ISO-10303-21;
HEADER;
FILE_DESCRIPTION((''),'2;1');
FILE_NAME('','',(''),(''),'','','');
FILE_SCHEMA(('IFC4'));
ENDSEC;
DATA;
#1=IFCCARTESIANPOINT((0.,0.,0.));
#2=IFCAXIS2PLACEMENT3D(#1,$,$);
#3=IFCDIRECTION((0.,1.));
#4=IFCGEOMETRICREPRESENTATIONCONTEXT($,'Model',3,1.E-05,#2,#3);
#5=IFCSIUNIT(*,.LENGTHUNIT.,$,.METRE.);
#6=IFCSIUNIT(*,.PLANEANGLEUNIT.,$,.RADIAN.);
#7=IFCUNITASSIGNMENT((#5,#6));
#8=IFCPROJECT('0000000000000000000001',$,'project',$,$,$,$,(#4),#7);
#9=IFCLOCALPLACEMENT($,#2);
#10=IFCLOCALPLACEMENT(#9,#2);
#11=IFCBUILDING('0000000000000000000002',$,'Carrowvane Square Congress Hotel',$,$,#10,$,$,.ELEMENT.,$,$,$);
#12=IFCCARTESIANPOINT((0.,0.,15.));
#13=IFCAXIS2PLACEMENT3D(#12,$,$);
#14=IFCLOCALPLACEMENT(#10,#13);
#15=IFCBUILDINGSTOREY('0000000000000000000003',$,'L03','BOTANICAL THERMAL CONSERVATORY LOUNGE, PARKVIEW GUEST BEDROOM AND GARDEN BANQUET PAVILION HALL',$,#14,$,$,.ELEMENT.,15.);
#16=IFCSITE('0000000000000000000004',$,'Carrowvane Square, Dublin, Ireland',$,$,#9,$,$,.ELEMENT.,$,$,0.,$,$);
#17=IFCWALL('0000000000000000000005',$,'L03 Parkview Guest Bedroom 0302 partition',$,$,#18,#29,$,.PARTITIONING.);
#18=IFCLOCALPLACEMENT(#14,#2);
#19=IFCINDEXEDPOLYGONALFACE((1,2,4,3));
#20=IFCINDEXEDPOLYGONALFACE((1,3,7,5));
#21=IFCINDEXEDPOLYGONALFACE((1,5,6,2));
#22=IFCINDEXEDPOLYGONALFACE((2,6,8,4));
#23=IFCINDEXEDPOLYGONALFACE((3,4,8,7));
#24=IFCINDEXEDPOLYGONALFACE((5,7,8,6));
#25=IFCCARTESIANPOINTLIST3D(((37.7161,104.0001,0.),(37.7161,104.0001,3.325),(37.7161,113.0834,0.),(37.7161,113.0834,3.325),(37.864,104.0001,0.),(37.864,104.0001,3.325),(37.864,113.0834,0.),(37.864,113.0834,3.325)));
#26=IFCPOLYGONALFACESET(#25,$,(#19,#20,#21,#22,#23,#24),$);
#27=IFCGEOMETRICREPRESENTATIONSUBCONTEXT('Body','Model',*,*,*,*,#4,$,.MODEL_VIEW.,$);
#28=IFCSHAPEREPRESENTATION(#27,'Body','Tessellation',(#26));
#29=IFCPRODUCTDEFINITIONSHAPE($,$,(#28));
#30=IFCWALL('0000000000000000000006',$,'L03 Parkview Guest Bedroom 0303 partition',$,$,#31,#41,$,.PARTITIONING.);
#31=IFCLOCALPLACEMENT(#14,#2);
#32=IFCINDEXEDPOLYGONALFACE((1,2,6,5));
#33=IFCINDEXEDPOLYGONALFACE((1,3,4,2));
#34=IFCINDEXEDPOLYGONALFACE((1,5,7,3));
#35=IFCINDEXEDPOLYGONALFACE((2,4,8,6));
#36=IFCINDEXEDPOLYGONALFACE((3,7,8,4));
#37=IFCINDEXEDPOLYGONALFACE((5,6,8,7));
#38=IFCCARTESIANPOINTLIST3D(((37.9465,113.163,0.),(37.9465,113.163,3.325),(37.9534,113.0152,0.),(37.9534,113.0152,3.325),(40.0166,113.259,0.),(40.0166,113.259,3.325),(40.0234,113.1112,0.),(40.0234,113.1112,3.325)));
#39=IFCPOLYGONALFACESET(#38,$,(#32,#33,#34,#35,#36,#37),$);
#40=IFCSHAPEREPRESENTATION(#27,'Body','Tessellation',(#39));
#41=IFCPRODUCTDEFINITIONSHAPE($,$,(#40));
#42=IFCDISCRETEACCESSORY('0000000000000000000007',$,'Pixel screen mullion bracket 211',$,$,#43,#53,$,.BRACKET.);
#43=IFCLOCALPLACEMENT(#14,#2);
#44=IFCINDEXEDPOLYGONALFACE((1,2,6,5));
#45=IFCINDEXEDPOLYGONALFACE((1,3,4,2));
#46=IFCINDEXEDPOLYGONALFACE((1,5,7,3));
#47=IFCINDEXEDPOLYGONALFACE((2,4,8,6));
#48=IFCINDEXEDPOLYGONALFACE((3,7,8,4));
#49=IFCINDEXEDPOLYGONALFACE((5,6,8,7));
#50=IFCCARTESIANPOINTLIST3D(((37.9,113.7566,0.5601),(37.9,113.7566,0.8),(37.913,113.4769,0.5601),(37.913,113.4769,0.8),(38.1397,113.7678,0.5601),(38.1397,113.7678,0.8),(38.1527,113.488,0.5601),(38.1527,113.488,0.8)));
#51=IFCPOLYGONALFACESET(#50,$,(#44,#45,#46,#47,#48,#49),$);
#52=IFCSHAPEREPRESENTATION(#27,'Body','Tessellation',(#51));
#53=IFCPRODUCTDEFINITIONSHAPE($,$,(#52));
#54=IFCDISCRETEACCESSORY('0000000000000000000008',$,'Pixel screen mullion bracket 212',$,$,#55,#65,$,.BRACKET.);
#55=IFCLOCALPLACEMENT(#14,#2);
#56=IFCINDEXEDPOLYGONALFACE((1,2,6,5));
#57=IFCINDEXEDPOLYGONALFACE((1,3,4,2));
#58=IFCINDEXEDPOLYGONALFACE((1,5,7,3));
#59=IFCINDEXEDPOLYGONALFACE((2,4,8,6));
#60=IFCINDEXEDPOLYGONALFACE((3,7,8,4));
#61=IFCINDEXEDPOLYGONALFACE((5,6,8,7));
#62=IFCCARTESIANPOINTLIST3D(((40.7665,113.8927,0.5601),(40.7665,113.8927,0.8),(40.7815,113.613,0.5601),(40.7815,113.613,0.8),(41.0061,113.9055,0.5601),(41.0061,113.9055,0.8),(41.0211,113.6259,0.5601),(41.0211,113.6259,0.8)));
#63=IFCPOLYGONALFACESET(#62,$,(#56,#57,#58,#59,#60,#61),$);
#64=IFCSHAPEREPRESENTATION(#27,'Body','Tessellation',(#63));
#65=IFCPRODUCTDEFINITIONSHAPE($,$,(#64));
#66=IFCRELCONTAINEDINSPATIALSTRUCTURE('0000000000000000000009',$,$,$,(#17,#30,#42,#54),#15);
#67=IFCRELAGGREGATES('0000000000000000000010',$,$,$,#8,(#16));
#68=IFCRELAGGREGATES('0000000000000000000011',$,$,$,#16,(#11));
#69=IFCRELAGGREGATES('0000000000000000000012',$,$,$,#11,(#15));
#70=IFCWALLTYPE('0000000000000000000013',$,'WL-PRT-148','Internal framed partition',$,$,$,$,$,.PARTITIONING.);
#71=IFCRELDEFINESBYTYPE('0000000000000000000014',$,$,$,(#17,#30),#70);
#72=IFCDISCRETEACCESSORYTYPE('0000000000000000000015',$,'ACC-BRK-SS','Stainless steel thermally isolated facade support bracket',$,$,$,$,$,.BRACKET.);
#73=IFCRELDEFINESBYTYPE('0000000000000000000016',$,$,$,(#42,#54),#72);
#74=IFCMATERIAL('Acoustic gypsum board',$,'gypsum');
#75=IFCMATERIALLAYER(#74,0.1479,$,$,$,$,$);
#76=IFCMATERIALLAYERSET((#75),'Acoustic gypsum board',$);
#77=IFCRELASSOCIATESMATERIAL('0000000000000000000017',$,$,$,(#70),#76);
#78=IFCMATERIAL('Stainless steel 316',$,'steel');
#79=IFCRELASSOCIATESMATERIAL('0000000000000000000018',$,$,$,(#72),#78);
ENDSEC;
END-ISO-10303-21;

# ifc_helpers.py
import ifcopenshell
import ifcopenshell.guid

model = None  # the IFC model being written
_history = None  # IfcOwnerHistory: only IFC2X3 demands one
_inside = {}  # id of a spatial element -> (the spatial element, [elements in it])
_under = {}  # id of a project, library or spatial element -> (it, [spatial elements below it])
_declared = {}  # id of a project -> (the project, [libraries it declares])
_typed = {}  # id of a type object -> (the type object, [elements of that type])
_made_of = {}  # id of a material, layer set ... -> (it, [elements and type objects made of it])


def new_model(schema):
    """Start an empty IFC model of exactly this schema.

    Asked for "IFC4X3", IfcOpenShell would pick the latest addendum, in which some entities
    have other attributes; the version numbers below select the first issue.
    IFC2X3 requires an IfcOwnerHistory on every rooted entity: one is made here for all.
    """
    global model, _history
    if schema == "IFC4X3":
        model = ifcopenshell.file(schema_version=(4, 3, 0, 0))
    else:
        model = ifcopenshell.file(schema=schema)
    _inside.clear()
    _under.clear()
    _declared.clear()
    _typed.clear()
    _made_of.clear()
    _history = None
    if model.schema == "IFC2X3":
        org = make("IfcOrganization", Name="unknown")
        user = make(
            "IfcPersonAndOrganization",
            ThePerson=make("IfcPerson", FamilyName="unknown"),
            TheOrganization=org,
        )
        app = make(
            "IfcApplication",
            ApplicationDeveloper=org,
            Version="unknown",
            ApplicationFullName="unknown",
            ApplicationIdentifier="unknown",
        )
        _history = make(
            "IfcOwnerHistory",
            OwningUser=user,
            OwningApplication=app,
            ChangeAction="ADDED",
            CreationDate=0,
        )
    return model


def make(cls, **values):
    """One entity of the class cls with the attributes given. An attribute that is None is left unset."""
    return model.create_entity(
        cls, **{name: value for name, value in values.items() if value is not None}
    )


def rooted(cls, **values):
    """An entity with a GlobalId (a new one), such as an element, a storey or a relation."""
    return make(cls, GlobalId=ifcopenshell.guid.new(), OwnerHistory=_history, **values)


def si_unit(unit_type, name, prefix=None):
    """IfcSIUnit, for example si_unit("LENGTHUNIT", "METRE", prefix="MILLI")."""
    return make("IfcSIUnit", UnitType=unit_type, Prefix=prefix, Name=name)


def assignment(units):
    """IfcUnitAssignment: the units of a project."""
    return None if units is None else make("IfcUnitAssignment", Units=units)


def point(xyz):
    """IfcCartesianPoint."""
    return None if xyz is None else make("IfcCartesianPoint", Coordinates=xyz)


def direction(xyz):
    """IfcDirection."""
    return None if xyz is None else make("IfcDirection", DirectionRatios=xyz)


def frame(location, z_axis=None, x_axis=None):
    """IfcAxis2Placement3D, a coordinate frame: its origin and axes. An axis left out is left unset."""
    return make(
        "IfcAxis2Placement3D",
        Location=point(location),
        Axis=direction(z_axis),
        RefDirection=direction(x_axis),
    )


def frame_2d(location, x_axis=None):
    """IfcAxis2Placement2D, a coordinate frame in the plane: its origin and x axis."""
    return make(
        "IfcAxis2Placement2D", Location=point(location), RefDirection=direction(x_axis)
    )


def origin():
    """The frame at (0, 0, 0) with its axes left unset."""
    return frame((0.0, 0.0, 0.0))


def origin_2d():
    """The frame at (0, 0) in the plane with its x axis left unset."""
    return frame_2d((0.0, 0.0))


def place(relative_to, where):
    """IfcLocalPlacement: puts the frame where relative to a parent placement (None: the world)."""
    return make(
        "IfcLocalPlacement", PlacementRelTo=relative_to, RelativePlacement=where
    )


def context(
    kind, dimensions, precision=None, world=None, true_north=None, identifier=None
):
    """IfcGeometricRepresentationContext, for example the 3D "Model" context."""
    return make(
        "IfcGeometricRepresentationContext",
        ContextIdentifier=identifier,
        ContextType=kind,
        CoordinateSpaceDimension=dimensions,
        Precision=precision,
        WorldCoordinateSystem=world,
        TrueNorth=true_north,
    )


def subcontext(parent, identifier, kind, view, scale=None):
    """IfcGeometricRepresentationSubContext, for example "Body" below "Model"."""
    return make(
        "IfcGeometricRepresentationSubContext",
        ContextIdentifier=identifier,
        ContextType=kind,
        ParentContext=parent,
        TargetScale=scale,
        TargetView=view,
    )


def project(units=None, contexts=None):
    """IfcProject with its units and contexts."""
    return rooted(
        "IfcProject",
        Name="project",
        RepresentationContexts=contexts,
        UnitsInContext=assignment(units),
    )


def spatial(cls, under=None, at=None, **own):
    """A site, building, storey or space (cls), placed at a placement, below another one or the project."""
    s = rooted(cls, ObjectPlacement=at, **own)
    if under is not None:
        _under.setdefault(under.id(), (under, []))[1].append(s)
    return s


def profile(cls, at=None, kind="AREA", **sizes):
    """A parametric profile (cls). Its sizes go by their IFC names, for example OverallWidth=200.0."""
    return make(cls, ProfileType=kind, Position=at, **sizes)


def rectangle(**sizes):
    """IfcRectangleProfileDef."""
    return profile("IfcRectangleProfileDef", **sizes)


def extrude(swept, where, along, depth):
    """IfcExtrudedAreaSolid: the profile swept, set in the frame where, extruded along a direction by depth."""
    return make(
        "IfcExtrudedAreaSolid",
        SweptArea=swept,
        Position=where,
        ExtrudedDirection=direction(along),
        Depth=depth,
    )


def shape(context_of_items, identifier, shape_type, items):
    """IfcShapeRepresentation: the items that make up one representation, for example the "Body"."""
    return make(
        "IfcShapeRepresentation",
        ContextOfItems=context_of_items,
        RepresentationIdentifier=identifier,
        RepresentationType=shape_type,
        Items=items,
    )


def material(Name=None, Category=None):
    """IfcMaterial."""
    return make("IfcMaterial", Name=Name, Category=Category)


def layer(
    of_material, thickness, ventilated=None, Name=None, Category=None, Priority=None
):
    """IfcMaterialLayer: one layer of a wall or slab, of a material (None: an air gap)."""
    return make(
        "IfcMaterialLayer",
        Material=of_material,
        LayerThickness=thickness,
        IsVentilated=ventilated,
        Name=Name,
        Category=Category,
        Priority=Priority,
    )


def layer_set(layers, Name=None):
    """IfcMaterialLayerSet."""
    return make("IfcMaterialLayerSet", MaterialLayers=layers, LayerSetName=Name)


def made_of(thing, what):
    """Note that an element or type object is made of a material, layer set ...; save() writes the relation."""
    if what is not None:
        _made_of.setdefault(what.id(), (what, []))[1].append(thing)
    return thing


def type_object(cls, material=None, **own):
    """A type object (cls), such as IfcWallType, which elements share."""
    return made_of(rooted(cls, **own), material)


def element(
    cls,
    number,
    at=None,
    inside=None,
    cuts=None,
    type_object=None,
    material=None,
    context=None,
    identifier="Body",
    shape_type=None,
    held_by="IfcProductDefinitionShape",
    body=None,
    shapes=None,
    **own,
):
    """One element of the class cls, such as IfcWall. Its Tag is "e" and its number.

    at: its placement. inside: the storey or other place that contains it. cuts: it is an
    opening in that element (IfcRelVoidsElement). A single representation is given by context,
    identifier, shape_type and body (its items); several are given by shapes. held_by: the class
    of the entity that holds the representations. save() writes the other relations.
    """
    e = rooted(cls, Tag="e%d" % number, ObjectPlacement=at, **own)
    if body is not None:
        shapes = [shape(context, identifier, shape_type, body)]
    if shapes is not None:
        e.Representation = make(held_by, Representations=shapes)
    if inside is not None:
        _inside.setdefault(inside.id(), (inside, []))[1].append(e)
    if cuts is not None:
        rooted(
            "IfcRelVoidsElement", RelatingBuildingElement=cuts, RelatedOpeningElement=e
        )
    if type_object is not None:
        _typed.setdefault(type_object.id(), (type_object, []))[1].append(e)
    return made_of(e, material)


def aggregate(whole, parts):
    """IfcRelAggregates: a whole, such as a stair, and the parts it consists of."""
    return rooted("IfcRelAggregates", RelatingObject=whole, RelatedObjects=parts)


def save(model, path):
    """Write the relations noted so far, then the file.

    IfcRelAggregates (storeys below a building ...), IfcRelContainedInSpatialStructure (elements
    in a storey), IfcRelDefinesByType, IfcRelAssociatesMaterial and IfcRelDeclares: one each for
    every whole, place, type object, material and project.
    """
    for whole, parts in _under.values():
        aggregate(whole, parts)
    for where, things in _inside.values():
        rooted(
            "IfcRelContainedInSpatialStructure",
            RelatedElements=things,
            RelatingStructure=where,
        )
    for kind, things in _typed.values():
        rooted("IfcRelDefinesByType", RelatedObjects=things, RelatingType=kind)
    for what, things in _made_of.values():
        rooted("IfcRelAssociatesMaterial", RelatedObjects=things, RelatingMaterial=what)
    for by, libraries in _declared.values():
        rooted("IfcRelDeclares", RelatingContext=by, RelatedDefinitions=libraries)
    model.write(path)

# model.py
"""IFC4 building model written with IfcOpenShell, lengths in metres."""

from ifc_helpers import new_model, si_unit, direction, frame, frame_2d, origin, origin_2d, place, context, subcontext, project, spatial, rectangle, extrude, material, layer, layer_set, type_object, element, save


model = new_model("IFC4")

# Units and contexts
model_context = context("Model", 3, precision=1e-05, world=origin(), true_north=direction((0.0, 1.0)))
body_context = subcontext(model_context, "Body", "Model", "MODEL_VIEW")
ifc_project = project(units=[si_unit("LENGTHUNIT", "METRE"), si_unit("PLANEANGLEUNIT", "RADIAN")], contexts=[model_context])

# Site, building, storey
site_placement = place(None, origin())
site = spatial("IfcSite", under=ifc_project, at=site_placement, Name="Carrowvane Square, Dublin, Ireland", CompositionType="ELEMENT", RefElevation=0.0)
building_placement = place(site_placement, origin())
building = spatial("IfcBuilding", under=site, at=building_placement, Name="Carrowvane Square Congress Hotel", CompositionType="ELEMENT")
storey_placement = place(building_placement, frame((0.0, 0.0, 15.0)))
storey = spatial("IfcBuildingStorey", under=building, at=storey_placement, Name="L03", Description="BOTANICAL THERMAL CONSERVATORY LOUNGE, PARKVIEW GUEST BEDROOM AND GARDEN BANQUET PAVILION HALL", CompositionType="ELEMENT", Elevation=15.0)

# Walls
ifc_material_1 = material(Name="Acoustic gypsum board", Category="gypsum")
ifc_layer_1 = layer(ifc_material_1, 0.1479)
ifc_layer_set_1 = layer_set([ifc_layer_1], Name="Acoustic gypsum board")
wall_type_1 = type_object("IfcWallType", Name="WL-PRT-148", Description="Internal framed partition", PredefinedType="PARTITIONING", material=ifc_layer_set_1)
wall_1_placement = place(storey_placement, frame((37.79, 113.0833, 0.0), z_axis=(0.0, 0.0, 1.0), x_axis=(0.0, -1.0, 0.0)))
element("IfcWall", 1, at=wall_1_placement, inside=storey, type_object=wall_type_1, Name="L03 Parkview Guest Bedroom 0302 partition", PredefinedType="PARTITIONING", context=body_context, shape_type="SweptSolid", body=[
    extrude(rectangle(XDim=9.0833, YDim=0.1479, at=frame_2d((4.5415, 0.0))), origin(), (0.0, 0.0, 1.0), 3.325),
])
wall_2_placement = place(storey_placement, frame((37.95, 113.0891, 0.0), z_axis=(0.0, 0.0, 1.0), x_axis=(0.998928, 0.0463, 0.0)))
element("IfcWall", 2, at=wall_2_placement, inside=storey, type_object=wall_type_1, Name="L03 Parkview Guest Bedroom 0303 partition", PredefinedType="PARTITIONING", context=body_context, shape_type="SweptSolid", body=[
    extrude(rectangle(XDim=2.0723, YDim=0.1479, at=frame_2d((1.0361, 0.0))), origin(), (0.0, 0.0, 1.0), 3.325),
])

# Discrete accessories
ifc_material_2 = material(Name="Stainless steel 316", Category="steel")
discrete_accessory_type = type_object("IfcDiscreteAccessoryType", Name="ACC-BRK-SS", Description="Stainless steel thermally isolated facade support bracket", PredefinedType="BRACKET", material=ifc_material_2)
for number, where, z_axis, x_axis, name in (
    (3, (38.0264, 113.6223, 0.5601), (0.0, 0.0, 1.0), (0.998917, 0.046521, 0.0), "Pixel screen mullion bracket 211"),
    (4, (40.8938, 113.7593, 0.5601), (0.0, 0.0, 1.0), (0.998567, 0.053517, 0.0), "Pixel screen mullion bracket 212"),
):
    element("IfcDiscreteAccessory", number, at=place(storey_placement, frame(where, z_axis=z_axis, x_axis=x_axis)), inside=storey, type_object=discrete_accessory_type, Name=name, PredefinedType="BRACKET", context=body_context, shape_type="SweptSolid", body=[
        extrude(rectangle(XDim=0.24, YDim=0.28, at=origin_2d()), origin(), (0.0, 0.0, 1.0), 0.24),
    ])

save(model, "model.ifc")
